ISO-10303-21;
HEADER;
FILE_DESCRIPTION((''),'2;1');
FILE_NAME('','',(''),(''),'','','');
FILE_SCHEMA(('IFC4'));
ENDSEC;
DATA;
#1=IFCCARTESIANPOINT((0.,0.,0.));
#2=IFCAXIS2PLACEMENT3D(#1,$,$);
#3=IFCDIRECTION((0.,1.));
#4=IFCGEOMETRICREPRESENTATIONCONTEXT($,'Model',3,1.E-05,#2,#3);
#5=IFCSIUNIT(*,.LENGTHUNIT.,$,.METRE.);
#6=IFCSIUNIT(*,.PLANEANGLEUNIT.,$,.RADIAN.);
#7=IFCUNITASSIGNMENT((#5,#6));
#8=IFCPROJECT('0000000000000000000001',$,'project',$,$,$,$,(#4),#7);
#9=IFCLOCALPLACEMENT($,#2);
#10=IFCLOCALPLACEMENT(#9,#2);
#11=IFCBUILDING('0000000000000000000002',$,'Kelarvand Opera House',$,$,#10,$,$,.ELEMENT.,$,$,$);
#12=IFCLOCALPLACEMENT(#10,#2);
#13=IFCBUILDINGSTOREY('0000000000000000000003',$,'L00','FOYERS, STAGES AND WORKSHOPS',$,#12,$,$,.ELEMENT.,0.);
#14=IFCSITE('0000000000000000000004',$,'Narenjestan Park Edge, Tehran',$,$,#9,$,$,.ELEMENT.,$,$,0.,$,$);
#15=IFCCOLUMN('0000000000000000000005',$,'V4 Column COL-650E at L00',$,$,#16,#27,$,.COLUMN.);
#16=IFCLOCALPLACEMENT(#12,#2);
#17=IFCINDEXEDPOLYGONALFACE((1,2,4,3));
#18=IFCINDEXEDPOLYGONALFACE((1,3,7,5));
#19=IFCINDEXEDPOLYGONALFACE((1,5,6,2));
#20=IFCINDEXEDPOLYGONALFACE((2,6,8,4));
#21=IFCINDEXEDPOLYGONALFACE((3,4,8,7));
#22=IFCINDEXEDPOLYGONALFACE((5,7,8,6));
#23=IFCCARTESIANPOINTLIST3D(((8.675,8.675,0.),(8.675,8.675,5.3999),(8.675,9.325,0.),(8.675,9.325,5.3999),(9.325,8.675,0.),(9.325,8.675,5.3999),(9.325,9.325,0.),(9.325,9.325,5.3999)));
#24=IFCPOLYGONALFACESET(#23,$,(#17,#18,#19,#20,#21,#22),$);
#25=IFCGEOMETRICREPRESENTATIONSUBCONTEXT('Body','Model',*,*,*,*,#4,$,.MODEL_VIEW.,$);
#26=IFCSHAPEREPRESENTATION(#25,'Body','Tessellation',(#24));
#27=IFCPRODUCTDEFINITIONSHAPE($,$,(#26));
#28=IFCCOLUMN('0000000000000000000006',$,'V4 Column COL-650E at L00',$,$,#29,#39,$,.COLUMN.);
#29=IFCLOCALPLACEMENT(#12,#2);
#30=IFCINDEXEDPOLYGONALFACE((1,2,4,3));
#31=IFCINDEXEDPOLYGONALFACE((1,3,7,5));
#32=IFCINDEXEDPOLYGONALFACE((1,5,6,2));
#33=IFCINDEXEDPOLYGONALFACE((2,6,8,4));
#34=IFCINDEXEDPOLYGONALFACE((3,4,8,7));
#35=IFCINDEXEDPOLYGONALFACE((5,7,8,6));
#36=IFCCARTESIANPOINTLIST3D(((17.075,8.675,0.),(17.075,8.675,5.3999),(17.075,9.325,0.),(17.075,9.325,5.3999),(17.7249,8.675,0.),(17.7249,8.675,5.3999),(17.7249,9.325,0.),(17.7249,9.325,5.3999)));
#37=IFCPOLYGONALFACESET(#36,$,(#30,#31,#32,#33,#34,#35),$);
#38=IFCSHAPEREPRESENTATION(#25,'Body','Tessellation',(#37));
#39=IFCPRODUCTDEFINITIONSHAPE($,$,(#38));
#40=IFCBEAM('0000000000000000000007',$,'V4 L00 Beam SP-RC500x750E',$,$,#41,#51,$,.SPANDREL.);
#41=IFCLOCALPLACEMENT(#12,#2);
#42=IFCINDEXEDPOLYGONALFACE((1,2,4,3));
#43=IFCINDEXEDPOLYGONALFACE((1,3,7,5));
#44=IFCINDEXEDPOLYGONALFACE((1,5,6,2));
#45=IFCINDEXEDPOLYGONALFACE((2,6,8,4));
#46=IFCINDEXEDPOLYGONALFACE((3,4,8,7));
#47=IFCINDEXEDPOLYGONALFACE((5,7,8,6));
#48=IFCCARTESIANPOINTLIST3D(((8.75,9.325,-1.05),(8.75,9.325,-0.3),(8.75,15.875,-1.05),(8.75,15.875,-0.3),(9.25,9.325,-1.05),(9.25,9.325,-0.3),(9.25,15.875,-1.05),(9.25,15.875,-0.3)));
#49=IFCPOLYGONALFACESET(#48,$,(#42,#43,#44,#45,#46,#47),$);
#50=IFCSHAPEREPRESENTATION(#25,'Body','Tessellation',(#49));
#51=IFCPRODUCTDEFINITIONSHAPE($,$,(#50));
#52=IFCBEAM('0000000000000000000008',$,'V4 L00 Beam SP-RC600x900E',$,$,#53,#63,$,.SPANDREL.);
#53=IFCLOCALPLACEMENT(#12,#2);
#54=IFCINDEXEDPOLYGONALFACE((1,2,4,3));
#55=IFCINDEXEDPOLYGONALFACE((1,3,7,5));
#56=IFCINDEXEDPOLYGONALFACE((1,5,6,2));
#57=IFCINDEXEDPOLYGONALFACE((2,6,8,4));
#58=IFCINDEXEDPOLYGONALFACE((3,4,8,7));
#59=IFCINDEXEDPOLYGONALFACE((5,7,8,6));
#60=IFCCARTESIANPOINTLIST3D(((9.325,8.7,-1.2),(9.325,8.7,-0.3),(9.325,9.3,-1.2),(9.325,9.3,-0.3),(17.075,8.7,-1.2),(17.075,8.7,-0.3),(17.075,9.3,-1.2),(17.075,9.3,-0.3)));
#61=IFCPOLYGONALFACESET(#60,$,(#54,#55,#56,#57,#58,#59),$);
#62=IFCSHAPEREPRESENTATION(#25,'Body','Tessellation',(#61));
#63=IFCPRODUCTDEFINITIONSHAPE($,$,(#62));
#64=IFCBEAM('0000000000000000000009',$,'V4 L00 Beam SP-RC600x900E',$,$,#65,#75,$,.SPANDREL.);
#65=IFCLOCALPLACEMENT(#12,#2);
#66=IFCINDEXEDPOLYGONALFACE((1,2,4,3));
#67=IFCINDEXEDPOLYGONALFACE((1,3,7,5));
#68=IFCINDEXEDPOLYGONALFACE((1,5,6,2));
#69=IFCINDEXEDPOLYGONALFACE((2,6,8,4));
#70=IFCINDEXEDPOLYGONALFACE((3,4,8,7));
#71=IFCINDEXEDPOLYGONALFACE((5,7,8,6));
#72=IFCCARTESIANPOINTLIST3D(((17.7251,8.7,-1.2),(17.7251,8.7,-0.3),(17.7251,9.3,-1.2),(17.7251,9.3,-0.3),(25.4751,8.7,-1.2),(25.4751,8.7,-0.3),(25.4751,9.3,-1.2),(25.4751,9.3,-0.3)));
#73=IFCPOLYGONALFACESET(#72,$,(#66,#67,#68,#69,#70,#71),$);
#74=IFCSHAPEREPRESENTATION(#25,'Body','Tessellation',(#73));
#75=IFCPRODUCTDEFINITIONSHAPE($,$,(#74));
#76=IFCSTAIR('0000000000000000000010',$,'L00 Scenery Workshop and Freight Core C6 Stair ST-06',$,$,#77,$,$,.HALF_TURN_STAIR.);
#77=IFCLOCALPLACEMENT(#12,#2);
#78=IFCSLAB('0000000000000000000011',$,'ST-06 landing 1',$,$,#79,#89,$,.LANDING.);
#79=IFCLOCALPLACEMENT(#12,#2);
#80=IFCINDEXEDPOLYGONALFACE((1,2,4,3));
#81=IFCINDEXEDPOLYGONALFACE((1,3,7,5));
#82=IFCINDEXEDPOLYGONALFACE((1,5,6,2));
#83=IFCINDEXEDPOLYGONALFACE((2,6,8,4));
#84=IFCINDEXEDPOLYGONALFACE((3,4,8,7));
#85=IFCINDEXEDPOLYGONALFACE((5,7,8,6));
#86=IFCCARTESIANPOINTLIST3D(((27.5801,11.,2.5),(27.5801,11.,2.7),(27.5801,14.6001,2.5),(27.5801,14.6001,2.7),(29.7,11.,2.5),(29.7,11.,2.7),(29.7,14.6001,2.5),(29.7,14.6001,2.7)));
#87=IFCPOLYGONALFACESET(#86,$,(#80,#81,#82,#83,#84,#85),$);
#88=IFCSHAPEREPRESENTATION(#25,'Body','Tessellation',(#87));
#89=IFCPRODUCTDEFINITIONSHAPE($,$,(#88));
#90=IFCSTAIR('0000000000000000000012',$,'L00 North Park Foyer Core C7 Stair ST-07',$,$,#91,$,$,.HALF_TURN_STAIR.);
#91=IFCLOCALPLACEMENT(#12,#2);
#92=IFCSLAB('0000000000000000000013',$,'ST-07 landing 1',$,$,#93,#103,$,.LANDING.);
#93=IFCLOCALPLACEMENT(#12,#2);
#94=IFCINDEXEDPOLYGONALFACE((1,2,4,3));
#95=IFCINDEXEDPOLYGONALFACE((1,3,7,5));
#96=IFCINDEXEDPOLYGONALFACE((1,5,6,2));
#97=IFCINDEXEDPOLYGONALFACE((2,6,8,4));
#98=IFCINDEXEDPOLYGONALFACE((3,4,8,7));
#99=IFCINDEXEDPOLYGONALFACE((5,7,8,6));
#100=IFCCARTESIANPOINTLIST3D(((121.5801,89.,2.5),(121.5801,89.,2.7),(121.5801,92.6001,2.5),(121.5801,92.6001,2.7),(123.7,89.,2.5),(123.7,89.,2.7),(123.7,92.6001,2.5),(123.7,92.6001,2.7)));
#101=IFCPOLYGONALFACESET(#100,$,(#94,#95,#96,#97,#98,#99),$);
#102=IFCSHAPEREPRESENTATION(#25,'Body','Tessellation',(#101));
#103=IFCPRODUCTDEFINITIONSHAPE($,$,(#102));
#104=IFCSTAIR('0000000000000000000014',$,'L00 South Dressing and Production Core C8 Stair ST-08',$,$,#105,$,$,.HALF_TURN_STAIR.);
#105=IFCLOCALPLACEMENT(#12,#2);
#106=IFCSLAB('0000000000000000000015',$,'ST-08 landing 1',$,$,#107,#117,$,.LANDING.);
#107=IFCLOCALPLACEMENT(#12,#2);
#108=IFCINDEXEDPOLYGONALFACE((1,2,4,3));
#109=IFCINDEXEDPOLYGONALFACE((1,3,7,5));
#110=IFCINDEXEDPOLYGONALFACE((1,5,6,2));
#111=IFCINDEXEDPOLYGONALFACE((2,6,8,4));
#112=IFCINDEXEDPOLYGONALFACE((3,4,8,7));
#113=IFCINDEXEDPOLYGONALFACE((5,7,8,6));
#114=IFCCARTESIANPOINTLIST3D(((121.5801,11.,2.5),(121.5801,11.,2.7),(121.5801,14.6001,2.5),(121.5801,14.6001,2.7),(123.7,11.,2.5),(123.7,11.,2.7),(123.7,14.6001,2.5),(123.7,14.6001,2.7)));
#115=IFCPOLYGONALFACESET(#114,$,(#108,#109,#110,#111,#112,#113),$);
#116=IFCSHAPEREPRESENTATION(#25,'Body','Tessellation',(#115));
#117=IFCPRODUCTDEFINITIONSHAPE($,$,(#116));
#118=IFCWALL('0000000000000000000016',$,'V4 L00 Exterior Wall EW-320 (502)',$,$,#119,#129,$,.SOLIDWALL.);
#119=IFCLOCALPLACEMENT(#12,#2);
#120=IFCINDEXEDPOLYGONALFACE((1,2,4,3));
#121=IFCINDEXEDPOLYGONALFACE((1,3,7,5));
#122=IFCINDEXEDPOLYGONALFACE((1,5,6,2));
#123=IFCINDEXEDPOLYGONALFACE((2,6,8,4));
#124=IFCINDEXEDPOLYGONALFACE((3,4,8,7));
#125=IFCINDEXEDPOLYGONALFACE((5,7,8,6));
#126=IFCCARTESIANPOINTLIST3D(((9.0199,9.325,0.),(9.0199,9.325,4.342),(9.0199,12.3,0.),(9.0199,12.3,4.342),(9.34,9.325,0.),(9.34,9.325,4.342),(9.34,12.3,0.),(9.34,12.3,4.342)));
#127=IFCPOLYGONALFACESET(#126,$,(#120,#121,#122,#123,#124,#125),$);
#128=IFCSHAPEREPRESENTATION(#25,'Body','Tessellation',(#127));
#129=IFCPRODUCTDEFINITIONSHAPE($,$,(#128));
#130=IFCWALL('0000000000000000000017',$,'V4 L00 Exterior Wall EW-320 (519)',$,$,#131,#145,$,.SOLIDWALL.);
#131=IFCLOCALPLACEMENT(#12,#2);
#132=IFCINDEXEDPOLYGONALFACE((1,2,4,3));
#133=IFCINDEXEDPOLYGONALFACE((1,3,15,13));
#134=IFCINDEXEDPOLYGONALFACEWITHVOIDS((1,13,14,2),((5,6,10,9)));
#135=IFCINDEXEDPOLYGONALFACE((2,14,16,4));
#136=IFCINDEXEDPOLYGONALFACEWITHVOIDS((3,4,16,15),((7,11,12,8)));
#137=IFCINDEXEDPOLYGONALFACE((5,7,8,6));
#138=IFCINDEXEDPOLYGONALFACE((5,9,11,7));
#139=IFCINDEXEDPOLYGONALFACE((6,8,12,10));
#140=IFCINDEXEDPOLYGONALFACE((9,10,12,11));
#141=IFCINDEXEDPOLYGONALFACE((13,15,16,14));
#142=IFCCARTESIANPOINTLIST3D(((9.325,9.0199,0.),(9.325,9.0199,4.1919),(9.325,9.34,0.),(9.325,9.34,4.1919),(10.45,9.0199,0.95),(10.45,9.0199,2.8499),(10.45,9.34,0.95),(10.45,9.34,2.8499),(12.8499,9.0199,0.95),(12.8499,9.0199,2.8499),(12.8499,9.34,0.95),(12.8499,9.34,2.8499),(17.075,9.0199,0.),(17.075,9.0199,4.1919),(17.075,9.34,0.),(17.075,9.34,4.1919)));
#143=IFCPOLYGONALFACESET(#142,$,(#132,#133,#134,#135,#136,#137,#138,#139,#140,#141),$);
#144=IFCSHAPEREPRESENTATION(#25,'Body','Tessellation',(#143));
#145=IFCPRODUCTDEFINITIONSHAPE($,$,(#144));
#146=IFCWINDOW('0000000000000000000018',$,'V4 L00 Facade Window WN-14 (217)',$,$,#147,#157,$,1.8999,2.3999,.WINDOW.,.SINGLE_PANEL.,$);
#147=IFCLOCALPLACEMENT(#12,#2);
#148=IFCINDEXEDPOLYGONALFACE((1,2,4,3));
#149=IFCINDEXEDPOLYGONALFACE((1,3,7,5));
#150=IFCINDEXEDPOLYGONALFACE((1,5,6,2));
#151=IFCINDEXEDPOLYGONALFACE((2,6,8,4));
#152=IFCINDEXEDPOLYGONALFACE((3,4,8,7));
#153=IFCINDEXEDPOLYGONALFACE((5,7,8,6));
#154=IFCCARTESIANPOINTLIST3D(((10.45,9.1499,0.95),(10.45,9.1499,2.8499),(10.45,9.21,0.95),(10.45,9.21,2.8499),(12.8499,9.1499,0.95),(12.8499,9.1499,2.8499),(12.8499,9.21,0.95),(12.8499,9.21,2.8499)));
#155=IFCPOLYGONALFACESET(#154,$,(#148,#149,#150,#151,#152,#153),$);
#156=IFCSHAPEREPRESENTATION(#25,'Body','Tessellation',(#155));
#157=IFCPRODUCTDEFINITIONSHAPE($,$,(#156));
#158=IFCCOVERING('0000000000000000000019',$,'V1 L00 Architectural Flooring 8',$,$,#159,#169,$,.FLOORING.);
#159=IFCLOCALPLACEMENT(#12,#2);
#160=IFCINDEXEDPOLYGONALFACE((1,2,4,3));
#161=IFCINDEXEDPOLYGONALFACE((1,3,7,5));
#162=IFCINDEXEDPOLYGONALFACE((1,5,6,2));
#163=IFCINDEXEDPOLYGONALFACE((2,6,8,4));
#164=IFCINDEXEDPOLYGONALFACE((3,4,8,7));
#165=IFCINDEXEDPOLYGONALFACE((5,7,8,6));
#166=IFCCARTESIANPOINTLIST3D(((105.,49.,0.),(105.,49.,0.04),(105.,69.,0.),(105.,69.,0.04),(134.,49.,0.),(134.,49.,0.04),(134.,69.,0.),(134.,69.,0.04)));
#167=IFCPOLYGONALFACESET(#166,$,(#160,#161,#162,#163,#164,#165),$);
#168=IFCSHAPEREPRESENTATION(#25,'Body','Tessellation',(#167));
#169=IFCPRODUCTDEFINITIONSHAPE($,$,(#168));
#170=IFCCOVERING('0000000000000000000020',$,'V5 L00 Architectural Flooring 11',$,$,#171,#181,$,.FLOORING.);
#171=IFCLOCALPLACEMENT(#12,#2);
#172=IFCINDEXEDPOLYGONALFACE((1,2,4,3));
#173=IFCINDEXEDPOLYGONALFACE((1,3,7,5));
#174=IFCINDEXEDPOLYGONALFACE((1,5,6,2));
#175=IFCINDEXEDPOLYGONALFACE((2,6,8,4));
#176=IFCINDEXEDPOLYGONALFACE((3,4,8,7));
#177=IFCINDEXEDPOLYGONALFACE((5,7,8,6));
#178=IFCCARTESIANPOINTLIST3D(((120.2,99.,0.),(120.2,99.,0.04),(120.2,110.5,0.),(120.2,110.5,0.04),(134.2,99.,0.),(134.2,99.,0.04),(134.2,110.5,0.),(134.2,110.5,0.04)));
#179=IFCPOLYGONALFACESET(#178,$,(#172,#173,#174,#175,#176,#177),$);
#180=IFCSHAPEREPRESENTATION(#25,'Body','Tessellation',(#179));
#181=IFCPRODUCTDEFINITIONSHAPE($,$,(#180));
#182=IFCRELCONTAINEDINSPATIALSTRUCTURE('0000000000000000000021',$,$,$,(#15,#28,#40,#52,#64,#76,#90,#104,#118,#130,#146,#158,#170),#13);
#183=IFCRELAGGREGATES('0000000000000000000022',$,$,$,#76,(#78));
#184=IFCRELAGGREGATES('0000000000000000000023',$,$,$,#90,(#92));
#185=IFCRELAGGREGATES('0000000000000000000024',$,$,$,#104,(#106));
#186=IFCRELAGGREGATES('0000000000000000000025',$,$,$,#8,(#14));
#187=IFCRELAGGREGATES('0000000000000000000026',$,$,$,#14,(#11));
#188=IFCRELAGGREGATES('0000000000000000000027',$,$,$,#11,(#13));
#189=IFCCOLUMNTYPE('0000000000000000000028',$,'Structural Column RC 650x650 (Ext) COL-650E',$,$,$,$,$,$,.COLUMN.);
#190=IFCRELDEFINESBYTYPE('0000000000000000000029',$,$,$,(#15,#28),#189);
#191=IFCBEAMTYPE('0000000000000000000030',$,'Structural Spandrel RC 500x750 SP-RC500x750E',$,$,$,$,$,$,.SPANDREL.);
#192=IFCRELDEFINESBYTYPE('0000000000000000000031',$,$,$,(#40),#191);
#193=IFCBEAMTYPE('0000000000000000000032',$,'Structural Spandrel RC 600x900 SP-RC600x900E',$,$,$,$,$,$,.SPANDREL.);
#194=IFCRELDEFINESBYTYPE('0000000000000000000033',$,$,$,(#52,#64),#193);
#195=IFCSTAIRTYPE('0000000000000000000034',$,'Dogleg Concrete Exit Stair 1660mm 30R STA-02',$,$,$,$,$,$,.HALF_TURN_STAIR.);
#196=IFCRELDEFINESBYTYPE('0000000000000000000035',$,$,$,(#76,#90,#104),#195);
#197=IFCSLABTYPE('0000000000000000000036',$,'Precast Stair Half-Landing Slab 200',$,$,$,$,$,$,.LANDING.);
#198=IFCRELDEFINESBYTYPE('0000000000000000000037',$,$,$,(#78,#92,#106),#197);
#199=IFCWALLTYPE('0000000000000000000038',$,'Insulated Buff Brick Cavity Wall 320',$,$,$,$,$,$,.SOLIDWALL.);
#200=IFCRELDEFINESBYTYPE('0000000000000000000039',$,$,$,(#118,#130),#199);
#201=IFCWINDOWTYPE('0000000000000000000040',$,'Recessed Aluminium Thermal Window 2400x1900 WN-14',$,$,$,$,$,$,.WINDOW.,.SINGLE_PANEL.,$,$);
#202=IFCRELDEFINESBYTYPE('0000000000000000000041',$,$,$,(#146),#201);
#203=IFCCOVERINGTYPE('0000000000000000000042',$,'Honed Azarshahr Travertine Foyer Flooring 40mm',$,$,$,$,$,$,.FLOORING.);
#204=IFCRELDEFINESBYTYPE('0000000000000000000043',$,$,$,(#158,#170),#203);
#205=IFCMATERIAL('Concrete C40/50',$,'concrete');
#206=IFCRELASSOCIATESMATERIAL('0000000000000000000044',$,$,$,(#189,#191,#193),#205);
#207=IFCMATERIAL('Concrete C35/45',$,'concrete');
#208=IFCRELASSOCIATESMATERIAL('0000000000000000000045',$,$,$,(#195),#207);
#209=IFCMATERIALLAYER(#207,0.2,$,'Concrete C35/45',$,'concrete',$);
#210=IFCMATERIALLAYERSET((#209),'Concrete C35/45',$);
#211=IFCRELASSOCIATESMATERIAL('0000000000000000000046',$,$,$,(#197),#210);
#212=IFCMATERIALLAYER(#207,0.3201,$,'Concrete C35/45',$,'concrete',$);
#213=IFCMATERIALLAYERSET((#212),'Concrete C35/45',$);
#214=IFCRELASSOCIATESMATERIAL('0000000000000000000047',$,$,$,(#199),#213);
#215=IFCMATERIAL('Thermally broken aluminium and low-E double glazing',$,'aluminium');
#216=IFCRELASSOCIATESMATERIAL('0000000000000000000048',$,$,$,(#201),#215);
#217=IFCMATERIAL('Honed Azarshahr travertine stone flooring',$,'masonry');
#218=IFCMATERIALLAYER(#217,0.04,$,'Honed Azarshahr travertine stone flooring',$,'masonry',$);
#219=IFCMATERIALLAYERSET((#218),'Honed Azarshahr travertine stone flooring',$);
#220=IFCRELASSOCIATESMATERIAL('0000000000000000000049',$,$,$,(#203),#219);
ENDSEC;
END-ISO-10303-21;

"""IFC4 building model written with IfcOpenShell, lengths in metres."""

from ifc_helpers import new_model, si_unit, direction, frame, frame_2d, origin, origin_2d, place, context, subcontext, project, spatial, polyline, rectangle, outline, extrude, material, layer, layer_set, material_profile, profile_set, type_object, element, fill, aggregate, save


model = new_model("IFC4")

# Units and contexts
model_context = context("Model", 3, precision=1e-05, world=origin(), true_north=direction((0.0, 1.0)))
body_context = subcontext(model_context, "Body", "Model", "MODEL_VIEW")
ifc_project = project(units=[si_unit("LENGTHUNIT", "METRE"), si_unit("PLANEANGLEUNIT", "RADIAN")], contexts=[model_context])

# Site, building, storey
site_placement = place(None, origin())
site = spatial("IfcSite", under=ifc_project, at=site_placement, Name="Narenjestan Park Edge, Tehran", CompositionType="ELEMENT", RefElevation=0.0)
building_placement = place(site_placement, origin())
building = spatial("IfcBuilding", under=site, at=building_placement, Name="Kelarvand Opera House", CompositionType="ELEMENT")
storey_placement = place(building_placement, origin())
storey = spatial("IfcBuildingStorey", under=building, at=storey_placement, Name="L00", Description="FOYERS, STAGES AND WORKSHOPS", CompositionType="ELEMENT", Elevation=0.0)

# Columns
ifc_material_1 = material(Name="Concrete C40/50", Category="concrete")
ifc_material_profile_1 = material_profile(ifc_material_1, rectangle(XDim=0.6499, YDim=0.6499, at=origin_2d()), Name="RC 650x650", Category="concrete")
ifc_profile_set_1 = profile_set([ifc_material_profile_1], Name="Concrete C40/50")
column_type = type_object("IfcColumnType", Name="Structural Column RC 650x650 (Ext) COL-650E", PredefinedType="COLUMN", material=ifc_profile_set_1)
for number, where, z_axis, x_axis, name in (
    (1, (9.0, 9.0, 0.0), (0.0, 0.0, 1.0), (1.0, 0.0, 0.0), "V4 Column COL-650E at L00"),
    (2, (17.3999, 9.0, 0.0), (0.0, 0.0, 1.0), (1.0, 0.0, 0.0), "V4 Column COL-650E at L00"),
):
    element("IfcColumn", number, at=place(storey_placement, frame(where, z_axis=z_axis, x_axis=x_axis)), inside=storey, type_object=column_type, Name=name, PredefinedType="COLUMN", context=body_context, shape_type="SweptSolid", body=[
        extrude(rectangle(XDim=0.6499, YDim=0.6499, at=origin_2d()), origin(), (0.0, 0.0, 1.0), 5.3999),
    ])

# Beams
ifc_material_profile_2 = material_profile(ifc_material_1, rectangle(XDim=0.5, YDim=0.75, at=origin_2d()), Name="RC 500x750", Category="concrete")
ifc_profile_set_2 = profile_set([ifc_material_profile_2], Name="Concrete C40/50")
beam_type_1 = type_object("IfcBeamType", Name="Structural Spandrel RC 500x750 SP-RC500x750E", PredefinedType="SPANDREL", material=ifc_profile_set_2)
beam_placement = place(storey_placement, frame((9.0, 9.325, -0.675), z_axis=(0.0, 1.0, 0.0), x_axis=(-1.0, 0.0, 0.0)))
element("IfcBeam", 3, at=beam_placement, inside=storey, type_object=beam_type_1, Name="V4 L00 Beam SP-RC500x750E", PredefinedType="SPANDREL", context=body_context, shape_type="SweptSolid", body=[
    extrude(rectangle(XDim=0.5, YDim=0.75, at=origin_2d()), origin(), (0.0, 0.0, 1.0), 6.55),
])
ifc_material_profile_3 = material_profile(ifc_material_1, rectangle(XDim=0.6001, YDim=0.8999, at=origin_2d()), Name="RC 600x900", Category="concrete")
ifc_profile_set_3 = profile_set([ifc_material_profile_3], Name="Concrete C40/50")
beam_type_2 = type_object("IfcBeamType", Name="Structural Spandrel RC 600x900 SP-RC600x900E", PredefinedType="SPANDREL", material=ifc_profile_set_3)
for number, where, z_axis, x_axis, name in (
    (4, (9.325, 9.0, -0.75), (1.0, 0.0, 0.0), (0.0, 1.0, 0.0), "V4 L00 Beam SP-RC600x900E"),
    (5, (17.7251, 9.0, -0.75), (1.0, 0.0, 0.0), (0.0, 1.0, 0.0), "V4 L00 Beam SP-RC600x900E"),
):
    element("IfcBeam", number, at=place(storey_placement, frame(where, z_axis=z_axis, x_axis=x_axis)), inside=storey, type_object=beam_type_2, Name=name, PredefinedType="SPANDREL", context=body_context, shape_type="SweptSolid", body=[
        extrude(rectangle(XDim=0.6001, YDim=0.8999, at=origin_2d()), origin(), (0.0, 0.0, 1.0), 7.75),
    ])

# Stairs, slabs
ifc_material_2 = material(Name="Concrete C35/45", Category="concrete")
stair_type = type_object("IfcStairType", Name="Dogleg Concrete Exit Stair 1660mm 30R STA-02", PredefinedType="HALF_TURN_STAIR", material=ifc_material_2)
stair_1_placement = place(storey_placement, origin())
stair_1 = element("IfcStair", 6, at=stair_1_placement, inside=storey, type_object=stair_type, Name="L00 Scenery Workshop and Freight Core C6 Stair ST-06", PredefinedType="HALF_TURN_STAIR")
ifc_layer_1 = layer(ifc_material_2, 0.2, Name="Concrete C35/45", Category="concrete")
ifc_layer_set_1 = layer_set([ifc_layer_1], Name="Concrete C35/45")
slab_type = type_object("IfcSlabType", Name="Precast Stair Half-Landing Slab 200", PredefinedType="LANDING", material=ifc_layer_set_1)
slab_1_placement = place(storey_placement, frame((0.0, 0.0, 2.5)))
slab_1 = element("IfcSlab", 7, at=slab_1_placement, type_object=slab_type, Name="ST-06 landing 1", PredefinedType="LANDING", context=body_context, shape_type="SweptSolid", body=[
    extrude(outline(polyline([(27.5801, 11.0), (29.7, 11.0), (29.7, 14.6001), (27.5801, 14.6001), (27.5801, 11.0)])), origin(), (0.0, 0.0, 1.0), 0.2),
])
aggregate(stair_1, [slab_1])
stair_2_placement = place(storey_placement, origin())
stair_2 = element("IfcStair", 8, at=stair_2_placement, inside=storey, type_object=stair_type, Name="L00 North Park Foyer Core C7 Stair ST-07", PredefinedType="HALF_TURN_STAIR")
slab_2_placement = place(storey_placement, frame((0.0, 0.0, 2.5)))
slab_2 = element("IfcSlab", 9, at=slab_2_placement, type_object=slab_type, Name="ST-07 landing 1", PredefinedType="LANDING", context=body_context, shape_type="SweptSolid", body=[
    extrude(outline(polyline([(121.5801, 89.0), (123.7, 89.0), (123.7, 92.6001), (121.5801, 92.6001), (121.5801, 89.0)])), origin(), (0.0, 0.0, 1.0), 0.2),
])
aggregate(stair_2, [slab_2])
stair_3_placement = place(storey_placement, origin())
stair_3 = element("IfcStair", 10, at=stair_3_placement, inside=storey, type_object=stair_type, Name="L00 South Dressing and Production Core C8 Stair ST-08", PredefinedType="HALF_TURN_STAIR")
slab_3_placement = place(storey_placement, frame((0.0, 0.0, 2.5)))
slab_3 = element("IfcSlab", 11, at=slab_3_placement, type_object=slab_type, Name="ST-08 landing 1", PredefinedType="LANDING", context=body_context, shape_type="SweptSolid", body=[
    extrude(outline(polyline([(121.5801, 11.0), (123.7, 11.0), (123.7, 14.6001), (121.5801, 14.6001), (121.5801, 11.0)])), origin(), (0.0, 0.0, 1.0), 0.2),
])
aggregate(stair_3, [slab_3])

# Wall
ifc_layer_2 = layer(ifc_material_2, 0.3201, Name="Concrete C35/45", Category="concrete")
ifc_layer_set_2 = layer_set([ifc_layer_2], Name="Concrete C35/45")
wall_type = type_object("IfcWallType", Name="Insulated Buff Brick Cavity Wall 320", PredefinedType="SOLIDWALL", material=ifc_layer_set_2)
wall_1_placement = place(storey_placement, frame((9.1799, 9.325, 0.0), z_axis=(0.0, 0.0, 1.0), x_axis=(0.0, 1.0, 0.0)))
element("IfcWall", 12, at=wall_1_placement, inside=storey, type_object=wall_type, Name="V4 L00 Exterior Wall EW-320 (502)", PredefinedType="SOLIDWALL", context=body_context, shape_type="SweptSolid", body=[
    extrude(rectangle(XDim=2.9751, YDim=0.3201, at=frame_2d((1.4875, 0.0))), origin(), (0.0, 0.0, 1.0), 4.342),
])

# Wall, opening, window
wall_2_placement = place(storey_placement, frame((17.075, 9.1799, 0.0), z_axis=(0.0, 0.0, 1.0), x_axis=(-1.0, 0.0, 0.0)))
wall_2 = element("IfcWall", 13, at=wall_2_placement, inside=storey, type_object=wall_type, Name="V4 L00 Exterior Wall EW-320 (519)", PredefinedType="SOLIDWALL", context=body_context, shape_type="SweptSolid", body=[
    extrude(rectangle(XDim=7.75, YDim=0.3201, at=frame_2d((3.875, 0.0))), origin(), (0.0, 0.0, 1.0), 4.1919),
])
opening_placement = place(wall_2_placement, frame((4.2251, 0.0, 0.95)))
opening = element("IfcOpeningElement", 14, at=opening_placement, cuts=wall_2, PredefinedType="OPENING", context=body_context, shape_type="SweptSolid", body=[
    extrude(rectangle(XDim=2.3999, YDim=1.8999, at=frame_2d((1.2, 0.95))), frame((0.0, 0.1699, 0.0), z_axis=(0.0, -1.0, 0.0), x_axis=(1.0, 0.0, 0.0)), (0.0, 0.0, 1.0), 0.3401),
])
ifc_material_3 = material(Name="Thermally broken aluminium and low-E double glazing", Category="aluminium")
window_type = type_object("IfcWindowType", Name="Recessed Aluminium Thermal Window 2400x1900 WN-14", PartitioningType="SINGLE_PANEL", PredefinedType="WINDOW", material=ifc_material_3)
window_placement = place(opening_placement, origin())
window = element("IfcWindow", 15, at=window_placement, inside=storey, type_object=window_type, Name="V4 L00 Facade Window WN-14 (217)", OverallHeight=1.8999, OverallWidth=2.3999, PartitioningType="SINGLE_PANEL", PredefinedType="WINDOW", context=body_context, shape_type="SweptSolid", body=[
    extrude(rectangle(XDim=2.3999, YDim=1.8999, at=frame_2d((1.2, 0.95))), frame((0.0, 0.03, 0.0), z_axis=(0.0, -1.0, 0.0), x_axis=(1.0, 0.0, 0.0)), (0.0, 0.0, 1.0), 0.0601),
])
fill(opening, window)

# Coverings
ifc_material_4 = material(Name="Honed Azarshahr travertine stone flooring", Category="masonry")
ifc_layer_3 = layer(ifc_material_4, 0.04, Name="Honed Azarshahr travertine stone flooring", Category="masonry")
ifc_layer_set_3 = layer_set([ifc_layer_3], Name="Honed Azarshahr travertine stone flooring")
covering_type_1 = type_object("IfcCoveringType", Name="Honed Azarshahr Travertine Foyer Flooring 40mm", PredefinedType="FLOORING", material=ifc_layer_set_3)
covering_1_placement = place(storey_placement, origin())
element("IfcCovering", 16, at=covering_1_placement, inside=storey, type_object=covering_type_1, Name="V1 L00 Architectural Flooring 8", PredefinedType="FLOORING", context=body_context, shape_type="SweptSolid", body=[
    extrude(outline(polyline([(105.0, 49.0), (134.0, 49.0), (134.0, 69.0), (105.0, 69.0), (105.0, 49.0)])), origin(), (0.0, 0.0, 1.0), 0.04),
])
covering_2_placement = place(storey_placement, origin())
element("IfcCovering", 17, at=covering_2_placement, inside=storey, type_object=covering_type_1, Name="V5 L00 Architectural Flooring 11", PredefinedType="FLOORING", context=body_context, shape_type="SweptSolid", body=[
    extrude(outline(polyline([(120.2, 99.0), (134.2, 99.0), (134.2, 110.5), (120.2, 110.5), (120.2, 99.0)])), origin(), (0.0, 0.0, 1.0), 0.04),
])

save(model, "model.ifc")
